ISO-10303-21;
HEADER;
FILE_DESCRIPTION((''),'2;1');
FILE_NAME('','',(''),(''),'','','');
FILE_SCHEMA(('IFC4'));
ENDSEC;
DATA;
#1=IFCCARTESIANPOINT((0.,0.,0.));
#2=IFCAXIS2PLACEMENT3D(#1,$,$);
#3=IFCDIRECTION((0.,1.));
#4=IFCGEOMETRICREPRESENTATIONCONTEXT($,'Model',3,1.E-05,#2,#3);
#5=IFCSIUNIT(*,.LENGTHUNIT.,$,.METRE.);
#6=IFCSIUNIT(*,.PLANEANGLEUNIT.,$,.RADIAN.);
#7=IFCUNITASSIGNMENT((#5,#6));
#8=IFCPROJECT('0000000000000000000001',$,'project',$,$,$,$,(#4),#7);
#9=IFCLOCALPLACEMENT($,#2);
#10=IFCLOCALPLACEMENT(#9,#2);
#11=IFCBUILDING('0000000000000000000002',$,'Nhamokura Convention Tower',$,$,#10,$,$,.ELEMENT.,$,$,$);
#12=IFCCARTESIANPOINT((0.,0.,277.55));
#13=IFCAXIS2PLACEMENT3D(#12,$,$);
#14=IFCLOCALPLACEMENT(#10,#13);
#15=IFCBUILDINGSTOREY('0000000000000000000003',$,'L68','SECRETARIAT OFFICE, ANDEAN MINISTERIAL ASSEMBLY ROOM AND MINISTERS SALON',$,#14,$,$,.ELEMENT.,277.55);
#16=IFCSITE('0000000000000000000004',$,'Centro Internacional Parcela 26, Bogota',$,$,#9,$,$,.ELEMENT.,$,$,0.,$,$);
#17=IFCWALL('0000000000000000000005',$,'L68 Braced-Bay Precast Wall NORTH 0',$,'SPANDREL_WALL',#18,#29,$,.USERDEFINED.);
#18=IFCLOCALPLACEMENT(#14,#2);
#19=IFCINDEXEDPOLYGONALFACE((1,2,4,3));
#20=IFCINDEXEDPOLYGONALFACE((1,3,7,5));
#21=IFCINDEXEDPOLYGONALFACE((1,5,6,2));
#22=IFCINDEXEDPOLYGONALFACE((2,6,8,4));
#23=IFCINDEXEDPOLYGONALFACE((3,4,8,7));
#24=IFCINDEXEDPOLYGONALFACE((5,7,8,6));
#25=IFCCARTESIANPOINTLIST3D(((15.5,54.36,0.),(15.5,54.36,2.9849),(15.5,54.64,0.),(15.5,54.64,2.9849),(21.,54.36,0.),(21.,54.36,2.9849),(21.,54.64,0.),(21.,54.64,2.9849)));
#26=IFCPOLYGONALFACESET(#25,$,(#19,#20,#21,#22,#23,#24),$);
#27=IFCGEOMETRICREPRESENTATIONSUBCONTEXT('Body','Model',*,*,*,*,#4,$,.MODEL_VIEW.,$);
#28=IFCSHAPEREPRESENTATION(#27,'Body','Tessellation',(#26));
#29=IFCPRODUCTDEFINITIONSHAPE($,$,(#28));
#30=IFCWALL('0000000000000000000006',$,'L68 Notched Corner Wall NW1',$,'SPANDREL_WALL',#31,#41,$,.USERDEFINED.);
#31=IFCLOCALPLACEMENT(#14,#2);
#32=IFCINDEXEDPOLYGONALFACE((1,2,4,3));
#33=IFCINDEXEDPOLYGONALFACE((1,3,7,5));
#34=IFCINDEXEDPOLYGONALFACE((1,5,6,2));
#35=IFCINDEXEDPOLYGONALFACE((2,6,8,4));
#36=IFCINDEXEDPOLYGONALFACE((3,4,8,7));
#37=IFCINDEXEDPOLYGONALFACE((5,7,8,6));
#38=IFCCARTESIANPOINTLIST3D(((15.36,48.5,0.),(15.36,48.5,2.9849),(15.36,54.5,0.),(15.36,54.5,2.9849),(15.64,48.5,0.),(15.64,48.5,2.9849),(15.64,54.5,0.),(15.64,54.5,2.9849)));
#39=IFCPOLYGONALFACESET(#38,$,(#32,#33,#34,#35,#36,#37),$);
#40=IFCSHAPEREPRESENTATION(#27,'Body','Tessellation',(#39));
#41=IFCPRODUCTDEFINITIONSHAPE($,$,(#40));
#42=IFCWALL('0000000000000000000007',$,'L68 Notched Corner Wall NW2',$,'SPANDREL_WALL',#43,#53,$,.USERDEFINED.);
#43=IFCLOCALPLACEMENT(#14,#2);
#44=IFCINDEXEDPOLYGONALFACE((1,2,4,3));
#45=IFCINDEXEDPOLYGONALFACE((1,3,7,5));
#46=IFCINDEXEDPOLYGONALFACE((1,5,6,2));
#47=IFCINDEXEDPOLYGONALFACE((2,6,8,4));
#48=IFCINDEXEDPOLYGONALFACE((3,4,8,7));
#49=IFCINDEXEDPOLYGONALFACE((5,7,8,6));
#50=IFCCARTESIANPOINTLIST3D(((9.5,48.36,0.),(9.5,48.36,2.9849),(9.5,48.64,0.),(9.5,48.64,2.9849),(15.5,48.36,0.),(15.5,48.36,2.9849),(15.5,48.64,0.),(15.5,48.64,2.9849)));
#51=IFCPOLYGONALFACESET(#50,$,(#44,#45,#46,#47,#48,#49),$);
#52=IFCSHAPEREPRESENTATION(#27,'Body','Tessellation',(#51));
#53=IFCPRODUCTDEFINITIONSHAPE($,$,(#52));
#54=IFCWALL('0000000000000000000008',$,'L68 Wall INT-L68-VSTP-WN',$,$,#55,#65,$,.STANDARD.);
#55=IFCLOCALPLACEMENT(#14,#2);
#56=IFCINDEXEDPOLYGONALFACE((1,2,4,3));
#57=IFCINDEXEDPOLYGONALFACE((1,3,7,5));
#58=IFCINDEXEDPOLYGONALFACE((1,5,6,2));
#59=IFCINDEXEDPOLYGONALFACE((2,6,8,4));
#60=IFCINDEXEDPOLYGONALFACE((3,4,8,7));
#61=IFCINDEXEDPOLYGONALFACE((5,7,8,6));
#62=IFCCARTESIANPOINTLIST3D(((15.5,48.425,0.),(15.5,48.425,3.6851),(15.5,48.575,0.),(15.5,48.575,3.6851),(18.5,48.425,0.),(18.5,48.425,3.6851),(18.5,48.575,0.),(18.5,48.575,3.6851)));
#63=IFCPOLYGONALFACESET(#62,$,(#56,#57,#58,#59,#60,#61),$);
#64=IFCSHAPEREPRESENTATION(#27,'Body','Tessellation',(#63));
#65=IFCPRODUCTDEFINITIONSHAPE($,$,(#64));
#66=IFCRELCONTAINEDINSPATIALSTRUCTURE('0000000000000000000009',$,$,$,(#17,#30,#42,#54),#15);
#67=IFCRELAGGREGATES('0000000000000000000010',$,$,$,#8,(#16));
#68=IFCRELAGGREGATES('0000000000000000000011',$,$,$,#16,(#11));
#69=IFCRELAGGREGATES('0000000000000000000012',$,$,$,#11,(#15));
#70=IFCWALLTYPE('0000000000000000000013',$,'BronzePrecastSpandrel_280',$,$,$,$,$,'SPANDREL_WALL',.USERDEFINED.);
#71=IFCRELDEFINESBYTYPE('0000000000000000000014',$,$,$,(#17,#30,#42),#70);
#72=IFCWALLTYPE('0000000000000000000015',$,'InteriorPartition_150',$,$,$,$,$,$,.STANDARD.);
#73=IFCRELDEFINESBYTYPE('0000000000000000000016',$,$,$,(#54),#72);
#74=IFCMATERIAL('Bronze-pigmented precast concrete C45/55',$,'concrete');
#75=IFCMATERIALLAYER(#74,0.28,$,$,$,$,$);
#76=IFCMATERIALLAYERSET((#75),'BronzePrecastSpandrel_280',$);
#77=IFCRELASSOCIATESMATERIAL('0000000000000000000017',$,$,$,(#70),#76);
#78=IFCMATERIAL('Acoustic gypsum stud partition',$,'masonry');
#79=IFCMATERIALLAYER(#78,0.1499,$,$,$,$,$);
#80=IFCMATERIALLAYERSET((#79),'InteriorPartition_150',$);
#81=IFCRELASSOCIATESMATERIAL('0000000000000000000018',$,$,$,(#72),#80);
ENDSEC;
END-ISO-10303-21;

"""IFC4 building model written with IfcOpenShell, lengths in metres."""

from ifc_helpers import new_model, si_unit, direction, frame, frame_2d, origin, place, context, subcontext, project, spatial, rectangle, extrude, material, layer, layer_set, type_object, element, save


model = new_model("IFC4")

# Units and contexts
model_context = context("Model", 3, precision=1e-05, world=origin(), true_north=direction((0.0, 1.0)))
body_context = subcontext(model_context, "Body", "Model", "MODEL_VIEW")
ifc_project = project(units=[si_unit("LENGTHUNIT", "METRE"), si_unit("PLANEANGLEUNIT", "RADIAN")], contexts=[model_context])

# Site, building, storey
site_placement = place(None, origin())
site = spatial("IfcSite", under=ifc_project, at=site_placement, Name="Centro Internacional Parcela 26, Bogota", CompositionType="ELEMENT", RefElevation=0.0)
building_placement = place(site_placement, origin())
building = spatial("IfcBuilding", under=site, at=building_placement, Name="Nhamokura Convention Tower", CompositionType="ELEMENT")
storey_placement = place(building_placement, frame((0.0, 0.0, 277.55)))
storey = spatial("IfcBuildingStorey", under=building, at=storey_placement, Name="L68", Description="SECRETARIAT OFFICE, ANDEAN MINISTERIAL ASSEMBLY ROOM AND MINISTERS SALON", CompositionType="ELEMENT", Elevation=277.55)

# Walls
ifc_material_1 = material(Name="Bronze-pigmented precast concrete C45/55", Category="concrete")
ifc_layer_1 = layer(ifc_material_1, 0.28)
ifc_layer_set_1 = layer_set([ifc_layer_1], Name="BronzePrecastSpandrel_280")
wall_type_1 = type_object("IfcWallType", Name="BronzePrecastSpandrel_280", ElementType="SPANDREL_WALL", PredefinedType="USERDEFINED", material=ifc_layer_set_1)
wall_1_placement = place(storey_placement, frame((15.5, 54.5, 0.0), z_axis=(0.0, 0.0, 1.0), x_axis=(1.0, 0.0, 0.0)))
element("IfcWall", 1, at=wall_1_placement, inside=storey, type_object=wall_type_1, Name="L68 Braced-Bay Precast Wall NORTH 0", ObjectType="SPANDREL_WALL", PredefinedType="USERDEFINED", context=body_context, shape_type="SweptSolid", body=[
    extrude(rectangle(XDim=5.5, YDim=0.28, at=frame_2d((2.75, 0.0))), origin(), (0.0, 0.0, 1.0), 2.9849),
])
for number, where, z_axis, x_axis, name in (
    (2, (15.5, 48.5, 0.0), (0.0, 0.0, 1.0), (0.0, 1.0, 0.0), "L68 Notched Corner Wall NW1"),
    (3, (9.5, 48.5, 0.0), (0.0, 0.0, 1.0), (1.0, 0.0, 0.0), "L68 Notched Corner Wall NW2"),
):
    element("IfcWall", number, at=place(storey_placement, frame(where, z_axis=z_axis, x_axis=x_axis)), inside=storey, type_object=wall_type_1, Name=name, ObjectType="SPANDREL_WALL", PredefinedType="USERDEFINED", context=body_context, shape_type="SweptSolid", body=[
        extrude(rectangle(XDim=6.0, YDim=0.28, at=frame_2d((3.0, 0.0))), origin(), (0.0, 0.0, 1.0), 2.9849),
    ])
ifc_material_2 = material(Name="Acoustic gypsum stud partition", Category="masonry")
ifc_layer_2 = layer(ifc_material_2, 0.1499)
ifc_layer_set_2 = layer_set([ifc_layer_2], Name="InteriorPartition_150")
wall_type_2 = type_object("IfcWallType", Name="InteriorPartition_150", PredefinedType="STANDARD", material=ifc_layer_set_2)
wall_2_placement = place(storey_placement, frame((15.5, 48.5, 0.0), z_axis=(0.0, 0.0, 1.0), x_axis=(1.0, 0.0, 0.0)))
element("IfcWall", 4, at=wall_2_placement, inside=storey, type_object=wall_type_2, Name="L68 Wall INT-L68-VSTP-WN", PredefinedType="STANDARD", context=body_context, shape_type="SweptSolid", body=[
    extrude(rectangle(XDim=3.0, YDim=0.1499, at=frame_2d((1.5, 0.0))), origin(), (0.0, 0.0, 1.0), 3.6851),
])

save(model, "model.ifc")
